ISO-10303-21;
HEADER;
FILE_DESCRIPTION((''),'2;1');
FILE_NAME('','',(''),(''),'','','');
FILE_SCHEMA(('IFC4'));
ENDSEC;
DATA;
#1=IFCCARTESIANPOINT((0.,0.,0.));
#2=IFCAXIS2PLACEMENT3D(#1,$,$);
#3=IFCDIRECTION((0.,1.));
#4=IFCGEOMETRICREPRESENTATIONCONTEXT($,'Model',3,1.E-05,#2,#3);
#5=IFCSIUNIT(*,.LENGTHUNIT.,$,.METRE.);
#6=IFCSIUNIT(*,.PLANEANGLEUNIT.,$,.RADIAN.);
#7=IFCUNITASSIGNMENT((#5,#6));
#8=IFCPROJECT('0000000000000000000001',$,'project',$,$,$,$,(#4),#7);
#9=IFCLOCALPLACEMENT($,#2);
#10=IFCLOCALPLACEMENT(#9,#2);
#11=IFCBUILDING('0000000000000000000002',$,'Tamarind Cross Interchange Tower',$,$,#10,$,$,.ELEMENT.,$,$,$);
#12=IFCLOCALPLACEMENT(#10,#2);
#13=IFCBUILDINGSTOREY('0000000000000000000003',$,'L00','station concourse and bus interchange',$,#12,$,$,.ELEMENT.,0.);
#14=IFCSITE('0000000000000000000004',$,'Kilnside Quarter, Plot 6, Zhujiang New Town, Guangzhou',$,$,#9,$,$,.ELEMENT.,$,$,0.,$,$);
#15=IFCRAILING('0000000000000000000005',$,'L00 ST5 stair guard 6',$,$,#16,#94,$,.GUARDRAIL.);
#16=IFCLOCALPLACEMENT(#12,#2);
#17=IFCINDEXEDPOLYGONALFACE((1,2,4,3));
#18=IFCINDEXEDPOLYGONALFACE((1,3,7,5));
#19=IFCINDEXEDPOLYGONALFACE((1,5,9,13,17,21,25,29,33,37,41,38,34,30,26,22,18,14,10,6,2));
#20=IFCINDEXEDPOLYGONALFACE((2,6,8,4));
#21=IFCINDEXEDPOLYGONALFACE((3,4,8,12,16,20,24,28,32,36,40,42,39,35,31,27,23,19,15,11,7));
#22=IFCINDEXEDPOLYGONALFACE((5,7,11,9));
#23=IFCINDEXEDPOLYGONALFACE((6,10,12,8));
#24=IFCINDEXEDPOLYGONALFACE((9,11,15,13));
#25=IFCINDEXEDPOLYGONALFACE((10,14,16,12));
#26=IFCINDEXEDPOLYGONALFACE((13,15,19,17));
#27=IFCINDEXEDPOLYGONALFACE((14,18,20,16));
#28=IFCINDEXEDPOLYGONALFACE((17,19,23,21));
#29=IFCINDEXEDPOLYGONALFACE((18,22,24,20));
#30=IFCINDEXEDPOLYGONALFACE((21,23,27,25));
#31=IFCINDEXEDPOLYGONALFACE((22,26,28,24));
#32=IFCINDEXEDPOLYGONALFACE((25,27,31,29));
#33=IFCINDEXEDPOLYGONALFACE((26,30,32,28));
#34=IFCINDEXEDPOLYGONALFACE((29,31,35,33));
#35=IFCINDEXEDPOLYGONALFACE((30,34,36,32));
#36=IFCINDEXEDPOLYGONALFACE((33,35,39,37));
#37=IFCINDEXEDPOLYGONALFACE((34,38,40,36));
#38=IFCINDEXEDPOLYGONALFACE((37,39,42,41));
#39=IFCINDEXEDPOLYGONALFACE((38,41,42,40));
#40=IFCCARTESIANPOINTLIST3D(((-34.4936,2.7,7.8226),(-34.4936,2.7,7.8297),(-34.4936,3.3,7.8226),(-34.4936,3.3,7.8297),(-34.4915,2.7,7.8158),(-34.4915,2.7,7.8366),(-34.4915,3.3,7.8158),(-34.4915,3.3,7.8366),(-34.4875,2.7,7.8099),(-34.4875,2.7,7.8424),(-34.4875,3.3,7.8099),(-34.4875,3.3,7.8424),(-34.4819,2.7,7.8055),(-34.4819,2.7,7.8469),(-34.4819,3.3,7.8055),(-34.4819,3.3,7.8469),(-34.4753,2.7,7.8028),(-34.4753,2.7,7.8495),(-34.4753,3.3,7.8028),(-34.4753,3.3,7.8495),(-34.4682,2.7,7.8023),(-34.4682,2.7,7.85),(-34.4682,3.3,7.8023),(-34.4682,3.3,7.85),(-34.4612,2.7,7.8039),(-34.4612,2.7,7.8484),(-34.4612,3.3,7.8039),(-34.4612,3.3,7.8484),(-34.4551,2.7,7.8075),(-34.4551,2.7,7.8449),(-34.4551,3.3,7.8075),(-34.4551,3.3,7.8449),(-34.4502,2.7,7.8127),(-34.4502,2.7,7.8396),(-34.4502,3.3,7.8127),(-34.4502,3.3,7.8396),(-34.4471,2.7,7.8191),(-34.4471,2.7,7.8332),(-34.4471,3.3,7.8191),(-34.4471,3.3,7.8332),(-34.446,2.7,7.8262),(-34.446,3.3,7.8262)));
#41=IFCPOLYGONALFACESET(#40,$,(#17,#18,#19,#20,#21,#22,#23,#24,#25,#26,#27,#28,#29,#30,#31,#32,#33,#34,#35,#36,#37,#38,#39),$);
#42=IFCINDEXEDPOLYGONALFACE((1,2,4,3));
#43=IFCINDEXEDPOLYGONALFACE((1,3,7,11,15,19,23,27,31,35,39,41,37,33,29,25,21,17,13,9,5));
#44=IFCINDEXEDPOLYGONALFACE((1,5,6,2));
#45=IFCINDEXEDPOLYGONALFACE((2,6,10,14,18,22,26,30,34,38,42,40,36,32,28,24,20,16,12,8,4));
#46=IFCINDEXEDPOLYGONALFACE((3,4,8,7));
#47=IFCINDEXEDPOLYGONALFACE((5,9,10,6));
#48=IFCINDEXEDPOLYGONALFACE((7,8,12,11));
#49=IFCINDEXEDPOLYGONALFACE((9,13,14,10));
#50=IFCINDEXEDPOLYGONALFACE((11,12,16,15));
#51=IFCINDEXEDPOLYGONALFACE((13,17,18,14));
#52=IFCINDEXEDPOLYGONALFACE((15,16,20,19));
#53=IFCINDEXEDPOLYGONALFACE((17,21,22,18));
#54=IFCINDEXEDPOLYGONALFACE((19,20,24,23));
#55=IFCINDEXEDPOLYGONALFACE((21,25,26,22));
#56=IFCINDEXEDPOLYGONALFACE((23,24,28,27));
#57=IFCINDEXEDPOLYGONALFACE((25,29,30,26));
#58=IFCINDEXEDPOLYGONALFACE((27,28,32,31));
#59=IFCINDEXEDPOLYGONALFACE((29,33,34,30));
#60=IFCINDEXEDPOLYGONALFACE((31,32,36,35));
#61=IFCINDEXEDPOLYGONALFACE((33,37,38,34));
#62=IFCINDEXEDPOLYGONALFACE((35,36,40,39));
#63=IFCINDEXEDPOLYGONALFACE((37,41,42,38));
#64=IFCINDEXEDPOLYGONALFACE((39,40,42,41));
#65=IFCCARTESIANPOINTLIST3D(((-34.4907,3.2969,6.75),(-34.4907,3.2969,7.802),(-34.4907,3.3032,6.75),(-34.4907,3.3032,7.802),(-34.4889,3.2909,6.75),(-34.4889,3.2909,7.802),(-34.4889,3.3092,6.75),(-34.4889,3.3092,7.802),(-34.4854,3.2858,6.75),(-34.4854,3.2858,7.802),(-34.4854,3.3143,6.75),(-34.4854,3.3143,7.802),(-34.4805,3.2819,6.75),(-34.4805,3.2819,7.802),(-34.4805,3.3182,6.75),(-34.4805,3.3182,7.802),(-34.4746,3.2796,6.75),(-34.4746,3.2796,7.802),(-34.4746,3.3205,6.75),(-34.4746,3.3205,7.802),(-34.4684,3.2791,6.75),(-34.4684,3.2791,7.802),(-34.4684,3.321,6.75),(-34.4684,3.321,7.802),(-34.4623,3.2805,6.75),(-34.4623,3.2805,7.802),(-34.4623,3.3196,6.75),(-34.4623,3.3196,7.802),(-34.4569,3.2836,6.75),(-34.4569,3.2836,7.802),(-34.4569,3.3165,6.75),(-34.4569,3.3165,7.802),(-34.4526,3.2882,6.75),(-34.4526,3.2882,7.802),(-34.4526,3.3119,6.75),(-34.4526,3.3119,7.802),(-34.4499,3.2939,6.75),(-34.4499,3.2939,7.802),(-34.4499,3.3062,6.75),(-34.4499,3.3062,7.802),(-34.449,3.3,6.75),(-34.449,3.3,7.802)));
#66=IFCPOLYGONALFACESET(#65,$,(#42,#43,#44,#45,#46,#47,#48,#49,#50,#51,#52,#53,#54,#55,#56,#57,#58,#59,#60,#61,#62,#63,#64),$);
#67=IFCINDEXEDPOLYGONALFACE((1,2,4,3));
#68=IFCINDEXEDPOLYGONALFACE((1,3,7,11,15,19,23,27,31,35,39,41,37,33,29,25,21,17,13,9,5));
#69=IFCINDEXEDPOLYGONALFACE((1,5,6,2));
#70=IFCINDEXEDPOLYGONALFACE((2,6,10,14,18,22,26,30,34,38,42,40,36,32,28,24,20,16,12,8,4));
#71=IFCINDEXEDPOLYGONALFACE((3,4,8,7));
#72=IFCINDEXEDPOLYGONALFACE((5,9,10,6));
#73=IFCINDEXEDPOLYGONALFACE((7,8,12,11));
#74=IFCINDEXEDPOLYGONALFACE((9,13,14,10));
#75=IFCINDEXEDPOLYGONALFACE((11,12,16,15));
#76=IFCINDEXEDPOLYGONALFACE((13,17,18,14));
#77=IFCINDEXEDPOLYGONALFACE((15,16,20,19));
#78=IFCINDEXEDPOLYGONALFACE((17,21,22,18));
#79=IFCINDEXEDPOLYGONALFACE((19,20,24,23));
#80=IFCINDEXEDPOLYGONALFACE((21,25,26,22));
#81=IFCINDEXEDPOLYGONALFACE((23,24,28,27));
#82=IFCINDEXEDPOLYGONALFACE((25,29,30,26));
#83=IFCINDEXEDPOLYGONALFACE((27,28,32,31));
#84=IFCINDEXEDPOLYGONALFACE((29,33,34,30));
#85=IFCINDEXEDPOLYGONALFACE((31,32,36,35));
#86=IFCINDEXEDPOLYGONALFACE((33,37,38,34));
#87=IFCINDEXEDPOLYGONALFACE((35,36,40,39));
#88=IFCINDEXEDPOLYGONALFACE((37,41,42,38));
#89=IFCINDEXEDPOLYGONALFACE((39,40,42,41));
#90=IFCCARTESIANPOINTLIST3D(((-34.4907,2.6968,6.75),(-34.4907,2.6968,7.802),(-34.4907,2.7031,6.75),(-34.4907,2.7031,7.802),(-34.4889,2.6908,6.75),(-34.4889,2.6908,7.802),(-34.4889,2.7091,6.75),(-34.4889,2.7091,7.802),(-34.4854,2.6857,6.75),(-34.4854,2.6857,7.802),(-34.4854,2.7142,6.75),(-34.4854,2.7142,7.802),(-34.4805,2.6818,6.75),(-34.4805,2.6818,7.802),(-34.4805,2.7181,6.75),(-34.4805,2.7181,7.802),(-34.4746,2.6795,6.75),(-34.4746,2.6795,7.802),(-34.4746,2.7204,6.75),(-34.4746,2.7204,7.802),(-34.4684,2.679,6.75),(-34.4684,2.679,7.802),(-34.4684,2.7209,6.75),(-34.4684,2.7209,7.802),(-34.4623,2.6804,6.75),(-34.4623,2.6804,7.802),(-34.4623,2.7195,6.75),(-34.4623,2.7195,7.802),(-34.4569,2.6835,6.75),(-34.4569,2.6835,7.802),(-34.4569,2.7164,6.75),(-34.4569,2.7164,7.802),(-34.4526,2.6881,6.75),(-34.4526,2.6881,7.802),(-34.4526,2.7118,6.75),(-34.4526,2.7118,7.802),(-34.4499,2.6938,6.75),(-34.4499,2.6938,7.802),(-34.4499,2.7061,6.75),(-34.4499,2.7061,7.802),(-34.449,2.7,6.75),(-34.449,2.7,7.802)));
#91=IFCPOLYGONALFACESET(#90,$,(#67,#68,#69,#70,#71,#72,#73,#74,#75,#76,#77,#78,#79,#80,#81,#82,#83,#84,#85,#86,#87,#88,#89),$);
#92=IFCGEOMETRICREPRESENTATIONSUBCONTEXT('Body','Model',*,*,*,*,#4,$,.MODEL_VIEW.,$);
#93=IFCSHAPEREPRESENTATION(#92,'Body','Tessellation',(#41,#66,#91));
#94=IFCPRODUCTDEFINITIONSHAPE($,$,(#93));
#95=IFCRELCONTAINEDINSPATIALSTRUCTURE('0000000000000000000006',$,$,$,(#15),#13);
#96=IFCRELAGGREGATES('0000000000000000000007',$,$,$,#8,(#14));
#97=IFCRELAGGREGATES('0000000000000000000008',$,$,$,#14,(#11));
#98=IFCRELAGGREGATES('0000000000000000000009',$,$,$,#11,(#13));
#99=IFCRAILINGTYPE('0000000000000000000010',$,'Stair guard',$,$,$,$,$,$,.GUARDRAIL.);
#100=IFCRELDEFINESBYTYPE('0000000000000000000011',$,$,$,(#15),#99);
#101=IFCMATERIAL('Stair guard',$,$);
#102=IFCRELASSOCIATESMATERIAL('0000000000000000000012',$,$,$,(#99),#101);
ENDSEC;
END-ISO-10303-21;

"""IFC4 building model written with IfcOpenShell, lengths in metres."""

from ifc_helpers import new_model, si_unit, direction, frame, origin, origin_2d, place, context, subcontext, project, spatial, circle, extrude, material, type_object, element, save


model = new_model("IFC4")

# Units and contexts
model_context = context("Model", 3, precision=1e-05, world=origin(), true_north=direction((0.0, 1.0)))
body_context = subcontext(model_context, "Body", "Model", "MODEL_VIEW")
ifc_project = project(units=[si_unit("LENGTHUNIT", "METRE"), si_unit("PLANEANGLEUNIT", "RADIAN")], contexts=[model_context])

# Site, building, storey
site_placement = place(None, origin())
site = spatial("IfcSite", under=ifc_project, at=site_placement, Name="Kilnside Quarter, Plot 6, Zhujiang New Town, Guangzhou", CompositionType="ELEMENT", RefElevation=0.0)
building_placement = place(site_placement, origin())
building = spatial("IfcBuilding", under=site, at=building_placement, Name="Tamarind Cross Interchange Tower", CompositionType="ELEMENT")
storey_placement = place(building_placement, origin())
storey = spatial("IfcBuildingStorey", under=building, at=storey_placement, Name="L00", Description="station concourse and bus interchange", CompositionType="ELEMENT", Elevation=0.0)

# Railing
ifc_material_1 = material(Name="Stair guard")
railing_type_1 = type_object("IfcRailingType", Name="Stair guard", PredefinedType="GUARDRAIL", material=ifc_material_1)
railing_1_placement = place(storey_placement, frame((-34.47, 3.3, 6.75)))
element("IfcRailing", 1, at=railing_1_placement, inside=storey, type_object=railing_type_1, Name="L00 ST5 stair guard 6", PredefinedType="GUARDRAIL", context=body_context, shape_type="SweptSolid", body=[
    extrude(circle(Radius=0.0239, at=origin_2d()), frame((0.0, 0.0, 1.0762), z_axis=(0.0, -1.0, 0.0), x_axis=(1.0, 0.0, 0.0)), (0.0, 0.0, 1.0), 0.6001),
    extrude(circle(Radius=0.021, at=origin_2d()), origin(), (0.0, 0.0, 1.0), 1.052),
    extrude(circle(Radius=0.021, at=origin_2d()), frame((0.0, -0.6001, 0.0)), (0.0, 0.0, 1.0), 1.052),
])

save(model, "model.ifc")
